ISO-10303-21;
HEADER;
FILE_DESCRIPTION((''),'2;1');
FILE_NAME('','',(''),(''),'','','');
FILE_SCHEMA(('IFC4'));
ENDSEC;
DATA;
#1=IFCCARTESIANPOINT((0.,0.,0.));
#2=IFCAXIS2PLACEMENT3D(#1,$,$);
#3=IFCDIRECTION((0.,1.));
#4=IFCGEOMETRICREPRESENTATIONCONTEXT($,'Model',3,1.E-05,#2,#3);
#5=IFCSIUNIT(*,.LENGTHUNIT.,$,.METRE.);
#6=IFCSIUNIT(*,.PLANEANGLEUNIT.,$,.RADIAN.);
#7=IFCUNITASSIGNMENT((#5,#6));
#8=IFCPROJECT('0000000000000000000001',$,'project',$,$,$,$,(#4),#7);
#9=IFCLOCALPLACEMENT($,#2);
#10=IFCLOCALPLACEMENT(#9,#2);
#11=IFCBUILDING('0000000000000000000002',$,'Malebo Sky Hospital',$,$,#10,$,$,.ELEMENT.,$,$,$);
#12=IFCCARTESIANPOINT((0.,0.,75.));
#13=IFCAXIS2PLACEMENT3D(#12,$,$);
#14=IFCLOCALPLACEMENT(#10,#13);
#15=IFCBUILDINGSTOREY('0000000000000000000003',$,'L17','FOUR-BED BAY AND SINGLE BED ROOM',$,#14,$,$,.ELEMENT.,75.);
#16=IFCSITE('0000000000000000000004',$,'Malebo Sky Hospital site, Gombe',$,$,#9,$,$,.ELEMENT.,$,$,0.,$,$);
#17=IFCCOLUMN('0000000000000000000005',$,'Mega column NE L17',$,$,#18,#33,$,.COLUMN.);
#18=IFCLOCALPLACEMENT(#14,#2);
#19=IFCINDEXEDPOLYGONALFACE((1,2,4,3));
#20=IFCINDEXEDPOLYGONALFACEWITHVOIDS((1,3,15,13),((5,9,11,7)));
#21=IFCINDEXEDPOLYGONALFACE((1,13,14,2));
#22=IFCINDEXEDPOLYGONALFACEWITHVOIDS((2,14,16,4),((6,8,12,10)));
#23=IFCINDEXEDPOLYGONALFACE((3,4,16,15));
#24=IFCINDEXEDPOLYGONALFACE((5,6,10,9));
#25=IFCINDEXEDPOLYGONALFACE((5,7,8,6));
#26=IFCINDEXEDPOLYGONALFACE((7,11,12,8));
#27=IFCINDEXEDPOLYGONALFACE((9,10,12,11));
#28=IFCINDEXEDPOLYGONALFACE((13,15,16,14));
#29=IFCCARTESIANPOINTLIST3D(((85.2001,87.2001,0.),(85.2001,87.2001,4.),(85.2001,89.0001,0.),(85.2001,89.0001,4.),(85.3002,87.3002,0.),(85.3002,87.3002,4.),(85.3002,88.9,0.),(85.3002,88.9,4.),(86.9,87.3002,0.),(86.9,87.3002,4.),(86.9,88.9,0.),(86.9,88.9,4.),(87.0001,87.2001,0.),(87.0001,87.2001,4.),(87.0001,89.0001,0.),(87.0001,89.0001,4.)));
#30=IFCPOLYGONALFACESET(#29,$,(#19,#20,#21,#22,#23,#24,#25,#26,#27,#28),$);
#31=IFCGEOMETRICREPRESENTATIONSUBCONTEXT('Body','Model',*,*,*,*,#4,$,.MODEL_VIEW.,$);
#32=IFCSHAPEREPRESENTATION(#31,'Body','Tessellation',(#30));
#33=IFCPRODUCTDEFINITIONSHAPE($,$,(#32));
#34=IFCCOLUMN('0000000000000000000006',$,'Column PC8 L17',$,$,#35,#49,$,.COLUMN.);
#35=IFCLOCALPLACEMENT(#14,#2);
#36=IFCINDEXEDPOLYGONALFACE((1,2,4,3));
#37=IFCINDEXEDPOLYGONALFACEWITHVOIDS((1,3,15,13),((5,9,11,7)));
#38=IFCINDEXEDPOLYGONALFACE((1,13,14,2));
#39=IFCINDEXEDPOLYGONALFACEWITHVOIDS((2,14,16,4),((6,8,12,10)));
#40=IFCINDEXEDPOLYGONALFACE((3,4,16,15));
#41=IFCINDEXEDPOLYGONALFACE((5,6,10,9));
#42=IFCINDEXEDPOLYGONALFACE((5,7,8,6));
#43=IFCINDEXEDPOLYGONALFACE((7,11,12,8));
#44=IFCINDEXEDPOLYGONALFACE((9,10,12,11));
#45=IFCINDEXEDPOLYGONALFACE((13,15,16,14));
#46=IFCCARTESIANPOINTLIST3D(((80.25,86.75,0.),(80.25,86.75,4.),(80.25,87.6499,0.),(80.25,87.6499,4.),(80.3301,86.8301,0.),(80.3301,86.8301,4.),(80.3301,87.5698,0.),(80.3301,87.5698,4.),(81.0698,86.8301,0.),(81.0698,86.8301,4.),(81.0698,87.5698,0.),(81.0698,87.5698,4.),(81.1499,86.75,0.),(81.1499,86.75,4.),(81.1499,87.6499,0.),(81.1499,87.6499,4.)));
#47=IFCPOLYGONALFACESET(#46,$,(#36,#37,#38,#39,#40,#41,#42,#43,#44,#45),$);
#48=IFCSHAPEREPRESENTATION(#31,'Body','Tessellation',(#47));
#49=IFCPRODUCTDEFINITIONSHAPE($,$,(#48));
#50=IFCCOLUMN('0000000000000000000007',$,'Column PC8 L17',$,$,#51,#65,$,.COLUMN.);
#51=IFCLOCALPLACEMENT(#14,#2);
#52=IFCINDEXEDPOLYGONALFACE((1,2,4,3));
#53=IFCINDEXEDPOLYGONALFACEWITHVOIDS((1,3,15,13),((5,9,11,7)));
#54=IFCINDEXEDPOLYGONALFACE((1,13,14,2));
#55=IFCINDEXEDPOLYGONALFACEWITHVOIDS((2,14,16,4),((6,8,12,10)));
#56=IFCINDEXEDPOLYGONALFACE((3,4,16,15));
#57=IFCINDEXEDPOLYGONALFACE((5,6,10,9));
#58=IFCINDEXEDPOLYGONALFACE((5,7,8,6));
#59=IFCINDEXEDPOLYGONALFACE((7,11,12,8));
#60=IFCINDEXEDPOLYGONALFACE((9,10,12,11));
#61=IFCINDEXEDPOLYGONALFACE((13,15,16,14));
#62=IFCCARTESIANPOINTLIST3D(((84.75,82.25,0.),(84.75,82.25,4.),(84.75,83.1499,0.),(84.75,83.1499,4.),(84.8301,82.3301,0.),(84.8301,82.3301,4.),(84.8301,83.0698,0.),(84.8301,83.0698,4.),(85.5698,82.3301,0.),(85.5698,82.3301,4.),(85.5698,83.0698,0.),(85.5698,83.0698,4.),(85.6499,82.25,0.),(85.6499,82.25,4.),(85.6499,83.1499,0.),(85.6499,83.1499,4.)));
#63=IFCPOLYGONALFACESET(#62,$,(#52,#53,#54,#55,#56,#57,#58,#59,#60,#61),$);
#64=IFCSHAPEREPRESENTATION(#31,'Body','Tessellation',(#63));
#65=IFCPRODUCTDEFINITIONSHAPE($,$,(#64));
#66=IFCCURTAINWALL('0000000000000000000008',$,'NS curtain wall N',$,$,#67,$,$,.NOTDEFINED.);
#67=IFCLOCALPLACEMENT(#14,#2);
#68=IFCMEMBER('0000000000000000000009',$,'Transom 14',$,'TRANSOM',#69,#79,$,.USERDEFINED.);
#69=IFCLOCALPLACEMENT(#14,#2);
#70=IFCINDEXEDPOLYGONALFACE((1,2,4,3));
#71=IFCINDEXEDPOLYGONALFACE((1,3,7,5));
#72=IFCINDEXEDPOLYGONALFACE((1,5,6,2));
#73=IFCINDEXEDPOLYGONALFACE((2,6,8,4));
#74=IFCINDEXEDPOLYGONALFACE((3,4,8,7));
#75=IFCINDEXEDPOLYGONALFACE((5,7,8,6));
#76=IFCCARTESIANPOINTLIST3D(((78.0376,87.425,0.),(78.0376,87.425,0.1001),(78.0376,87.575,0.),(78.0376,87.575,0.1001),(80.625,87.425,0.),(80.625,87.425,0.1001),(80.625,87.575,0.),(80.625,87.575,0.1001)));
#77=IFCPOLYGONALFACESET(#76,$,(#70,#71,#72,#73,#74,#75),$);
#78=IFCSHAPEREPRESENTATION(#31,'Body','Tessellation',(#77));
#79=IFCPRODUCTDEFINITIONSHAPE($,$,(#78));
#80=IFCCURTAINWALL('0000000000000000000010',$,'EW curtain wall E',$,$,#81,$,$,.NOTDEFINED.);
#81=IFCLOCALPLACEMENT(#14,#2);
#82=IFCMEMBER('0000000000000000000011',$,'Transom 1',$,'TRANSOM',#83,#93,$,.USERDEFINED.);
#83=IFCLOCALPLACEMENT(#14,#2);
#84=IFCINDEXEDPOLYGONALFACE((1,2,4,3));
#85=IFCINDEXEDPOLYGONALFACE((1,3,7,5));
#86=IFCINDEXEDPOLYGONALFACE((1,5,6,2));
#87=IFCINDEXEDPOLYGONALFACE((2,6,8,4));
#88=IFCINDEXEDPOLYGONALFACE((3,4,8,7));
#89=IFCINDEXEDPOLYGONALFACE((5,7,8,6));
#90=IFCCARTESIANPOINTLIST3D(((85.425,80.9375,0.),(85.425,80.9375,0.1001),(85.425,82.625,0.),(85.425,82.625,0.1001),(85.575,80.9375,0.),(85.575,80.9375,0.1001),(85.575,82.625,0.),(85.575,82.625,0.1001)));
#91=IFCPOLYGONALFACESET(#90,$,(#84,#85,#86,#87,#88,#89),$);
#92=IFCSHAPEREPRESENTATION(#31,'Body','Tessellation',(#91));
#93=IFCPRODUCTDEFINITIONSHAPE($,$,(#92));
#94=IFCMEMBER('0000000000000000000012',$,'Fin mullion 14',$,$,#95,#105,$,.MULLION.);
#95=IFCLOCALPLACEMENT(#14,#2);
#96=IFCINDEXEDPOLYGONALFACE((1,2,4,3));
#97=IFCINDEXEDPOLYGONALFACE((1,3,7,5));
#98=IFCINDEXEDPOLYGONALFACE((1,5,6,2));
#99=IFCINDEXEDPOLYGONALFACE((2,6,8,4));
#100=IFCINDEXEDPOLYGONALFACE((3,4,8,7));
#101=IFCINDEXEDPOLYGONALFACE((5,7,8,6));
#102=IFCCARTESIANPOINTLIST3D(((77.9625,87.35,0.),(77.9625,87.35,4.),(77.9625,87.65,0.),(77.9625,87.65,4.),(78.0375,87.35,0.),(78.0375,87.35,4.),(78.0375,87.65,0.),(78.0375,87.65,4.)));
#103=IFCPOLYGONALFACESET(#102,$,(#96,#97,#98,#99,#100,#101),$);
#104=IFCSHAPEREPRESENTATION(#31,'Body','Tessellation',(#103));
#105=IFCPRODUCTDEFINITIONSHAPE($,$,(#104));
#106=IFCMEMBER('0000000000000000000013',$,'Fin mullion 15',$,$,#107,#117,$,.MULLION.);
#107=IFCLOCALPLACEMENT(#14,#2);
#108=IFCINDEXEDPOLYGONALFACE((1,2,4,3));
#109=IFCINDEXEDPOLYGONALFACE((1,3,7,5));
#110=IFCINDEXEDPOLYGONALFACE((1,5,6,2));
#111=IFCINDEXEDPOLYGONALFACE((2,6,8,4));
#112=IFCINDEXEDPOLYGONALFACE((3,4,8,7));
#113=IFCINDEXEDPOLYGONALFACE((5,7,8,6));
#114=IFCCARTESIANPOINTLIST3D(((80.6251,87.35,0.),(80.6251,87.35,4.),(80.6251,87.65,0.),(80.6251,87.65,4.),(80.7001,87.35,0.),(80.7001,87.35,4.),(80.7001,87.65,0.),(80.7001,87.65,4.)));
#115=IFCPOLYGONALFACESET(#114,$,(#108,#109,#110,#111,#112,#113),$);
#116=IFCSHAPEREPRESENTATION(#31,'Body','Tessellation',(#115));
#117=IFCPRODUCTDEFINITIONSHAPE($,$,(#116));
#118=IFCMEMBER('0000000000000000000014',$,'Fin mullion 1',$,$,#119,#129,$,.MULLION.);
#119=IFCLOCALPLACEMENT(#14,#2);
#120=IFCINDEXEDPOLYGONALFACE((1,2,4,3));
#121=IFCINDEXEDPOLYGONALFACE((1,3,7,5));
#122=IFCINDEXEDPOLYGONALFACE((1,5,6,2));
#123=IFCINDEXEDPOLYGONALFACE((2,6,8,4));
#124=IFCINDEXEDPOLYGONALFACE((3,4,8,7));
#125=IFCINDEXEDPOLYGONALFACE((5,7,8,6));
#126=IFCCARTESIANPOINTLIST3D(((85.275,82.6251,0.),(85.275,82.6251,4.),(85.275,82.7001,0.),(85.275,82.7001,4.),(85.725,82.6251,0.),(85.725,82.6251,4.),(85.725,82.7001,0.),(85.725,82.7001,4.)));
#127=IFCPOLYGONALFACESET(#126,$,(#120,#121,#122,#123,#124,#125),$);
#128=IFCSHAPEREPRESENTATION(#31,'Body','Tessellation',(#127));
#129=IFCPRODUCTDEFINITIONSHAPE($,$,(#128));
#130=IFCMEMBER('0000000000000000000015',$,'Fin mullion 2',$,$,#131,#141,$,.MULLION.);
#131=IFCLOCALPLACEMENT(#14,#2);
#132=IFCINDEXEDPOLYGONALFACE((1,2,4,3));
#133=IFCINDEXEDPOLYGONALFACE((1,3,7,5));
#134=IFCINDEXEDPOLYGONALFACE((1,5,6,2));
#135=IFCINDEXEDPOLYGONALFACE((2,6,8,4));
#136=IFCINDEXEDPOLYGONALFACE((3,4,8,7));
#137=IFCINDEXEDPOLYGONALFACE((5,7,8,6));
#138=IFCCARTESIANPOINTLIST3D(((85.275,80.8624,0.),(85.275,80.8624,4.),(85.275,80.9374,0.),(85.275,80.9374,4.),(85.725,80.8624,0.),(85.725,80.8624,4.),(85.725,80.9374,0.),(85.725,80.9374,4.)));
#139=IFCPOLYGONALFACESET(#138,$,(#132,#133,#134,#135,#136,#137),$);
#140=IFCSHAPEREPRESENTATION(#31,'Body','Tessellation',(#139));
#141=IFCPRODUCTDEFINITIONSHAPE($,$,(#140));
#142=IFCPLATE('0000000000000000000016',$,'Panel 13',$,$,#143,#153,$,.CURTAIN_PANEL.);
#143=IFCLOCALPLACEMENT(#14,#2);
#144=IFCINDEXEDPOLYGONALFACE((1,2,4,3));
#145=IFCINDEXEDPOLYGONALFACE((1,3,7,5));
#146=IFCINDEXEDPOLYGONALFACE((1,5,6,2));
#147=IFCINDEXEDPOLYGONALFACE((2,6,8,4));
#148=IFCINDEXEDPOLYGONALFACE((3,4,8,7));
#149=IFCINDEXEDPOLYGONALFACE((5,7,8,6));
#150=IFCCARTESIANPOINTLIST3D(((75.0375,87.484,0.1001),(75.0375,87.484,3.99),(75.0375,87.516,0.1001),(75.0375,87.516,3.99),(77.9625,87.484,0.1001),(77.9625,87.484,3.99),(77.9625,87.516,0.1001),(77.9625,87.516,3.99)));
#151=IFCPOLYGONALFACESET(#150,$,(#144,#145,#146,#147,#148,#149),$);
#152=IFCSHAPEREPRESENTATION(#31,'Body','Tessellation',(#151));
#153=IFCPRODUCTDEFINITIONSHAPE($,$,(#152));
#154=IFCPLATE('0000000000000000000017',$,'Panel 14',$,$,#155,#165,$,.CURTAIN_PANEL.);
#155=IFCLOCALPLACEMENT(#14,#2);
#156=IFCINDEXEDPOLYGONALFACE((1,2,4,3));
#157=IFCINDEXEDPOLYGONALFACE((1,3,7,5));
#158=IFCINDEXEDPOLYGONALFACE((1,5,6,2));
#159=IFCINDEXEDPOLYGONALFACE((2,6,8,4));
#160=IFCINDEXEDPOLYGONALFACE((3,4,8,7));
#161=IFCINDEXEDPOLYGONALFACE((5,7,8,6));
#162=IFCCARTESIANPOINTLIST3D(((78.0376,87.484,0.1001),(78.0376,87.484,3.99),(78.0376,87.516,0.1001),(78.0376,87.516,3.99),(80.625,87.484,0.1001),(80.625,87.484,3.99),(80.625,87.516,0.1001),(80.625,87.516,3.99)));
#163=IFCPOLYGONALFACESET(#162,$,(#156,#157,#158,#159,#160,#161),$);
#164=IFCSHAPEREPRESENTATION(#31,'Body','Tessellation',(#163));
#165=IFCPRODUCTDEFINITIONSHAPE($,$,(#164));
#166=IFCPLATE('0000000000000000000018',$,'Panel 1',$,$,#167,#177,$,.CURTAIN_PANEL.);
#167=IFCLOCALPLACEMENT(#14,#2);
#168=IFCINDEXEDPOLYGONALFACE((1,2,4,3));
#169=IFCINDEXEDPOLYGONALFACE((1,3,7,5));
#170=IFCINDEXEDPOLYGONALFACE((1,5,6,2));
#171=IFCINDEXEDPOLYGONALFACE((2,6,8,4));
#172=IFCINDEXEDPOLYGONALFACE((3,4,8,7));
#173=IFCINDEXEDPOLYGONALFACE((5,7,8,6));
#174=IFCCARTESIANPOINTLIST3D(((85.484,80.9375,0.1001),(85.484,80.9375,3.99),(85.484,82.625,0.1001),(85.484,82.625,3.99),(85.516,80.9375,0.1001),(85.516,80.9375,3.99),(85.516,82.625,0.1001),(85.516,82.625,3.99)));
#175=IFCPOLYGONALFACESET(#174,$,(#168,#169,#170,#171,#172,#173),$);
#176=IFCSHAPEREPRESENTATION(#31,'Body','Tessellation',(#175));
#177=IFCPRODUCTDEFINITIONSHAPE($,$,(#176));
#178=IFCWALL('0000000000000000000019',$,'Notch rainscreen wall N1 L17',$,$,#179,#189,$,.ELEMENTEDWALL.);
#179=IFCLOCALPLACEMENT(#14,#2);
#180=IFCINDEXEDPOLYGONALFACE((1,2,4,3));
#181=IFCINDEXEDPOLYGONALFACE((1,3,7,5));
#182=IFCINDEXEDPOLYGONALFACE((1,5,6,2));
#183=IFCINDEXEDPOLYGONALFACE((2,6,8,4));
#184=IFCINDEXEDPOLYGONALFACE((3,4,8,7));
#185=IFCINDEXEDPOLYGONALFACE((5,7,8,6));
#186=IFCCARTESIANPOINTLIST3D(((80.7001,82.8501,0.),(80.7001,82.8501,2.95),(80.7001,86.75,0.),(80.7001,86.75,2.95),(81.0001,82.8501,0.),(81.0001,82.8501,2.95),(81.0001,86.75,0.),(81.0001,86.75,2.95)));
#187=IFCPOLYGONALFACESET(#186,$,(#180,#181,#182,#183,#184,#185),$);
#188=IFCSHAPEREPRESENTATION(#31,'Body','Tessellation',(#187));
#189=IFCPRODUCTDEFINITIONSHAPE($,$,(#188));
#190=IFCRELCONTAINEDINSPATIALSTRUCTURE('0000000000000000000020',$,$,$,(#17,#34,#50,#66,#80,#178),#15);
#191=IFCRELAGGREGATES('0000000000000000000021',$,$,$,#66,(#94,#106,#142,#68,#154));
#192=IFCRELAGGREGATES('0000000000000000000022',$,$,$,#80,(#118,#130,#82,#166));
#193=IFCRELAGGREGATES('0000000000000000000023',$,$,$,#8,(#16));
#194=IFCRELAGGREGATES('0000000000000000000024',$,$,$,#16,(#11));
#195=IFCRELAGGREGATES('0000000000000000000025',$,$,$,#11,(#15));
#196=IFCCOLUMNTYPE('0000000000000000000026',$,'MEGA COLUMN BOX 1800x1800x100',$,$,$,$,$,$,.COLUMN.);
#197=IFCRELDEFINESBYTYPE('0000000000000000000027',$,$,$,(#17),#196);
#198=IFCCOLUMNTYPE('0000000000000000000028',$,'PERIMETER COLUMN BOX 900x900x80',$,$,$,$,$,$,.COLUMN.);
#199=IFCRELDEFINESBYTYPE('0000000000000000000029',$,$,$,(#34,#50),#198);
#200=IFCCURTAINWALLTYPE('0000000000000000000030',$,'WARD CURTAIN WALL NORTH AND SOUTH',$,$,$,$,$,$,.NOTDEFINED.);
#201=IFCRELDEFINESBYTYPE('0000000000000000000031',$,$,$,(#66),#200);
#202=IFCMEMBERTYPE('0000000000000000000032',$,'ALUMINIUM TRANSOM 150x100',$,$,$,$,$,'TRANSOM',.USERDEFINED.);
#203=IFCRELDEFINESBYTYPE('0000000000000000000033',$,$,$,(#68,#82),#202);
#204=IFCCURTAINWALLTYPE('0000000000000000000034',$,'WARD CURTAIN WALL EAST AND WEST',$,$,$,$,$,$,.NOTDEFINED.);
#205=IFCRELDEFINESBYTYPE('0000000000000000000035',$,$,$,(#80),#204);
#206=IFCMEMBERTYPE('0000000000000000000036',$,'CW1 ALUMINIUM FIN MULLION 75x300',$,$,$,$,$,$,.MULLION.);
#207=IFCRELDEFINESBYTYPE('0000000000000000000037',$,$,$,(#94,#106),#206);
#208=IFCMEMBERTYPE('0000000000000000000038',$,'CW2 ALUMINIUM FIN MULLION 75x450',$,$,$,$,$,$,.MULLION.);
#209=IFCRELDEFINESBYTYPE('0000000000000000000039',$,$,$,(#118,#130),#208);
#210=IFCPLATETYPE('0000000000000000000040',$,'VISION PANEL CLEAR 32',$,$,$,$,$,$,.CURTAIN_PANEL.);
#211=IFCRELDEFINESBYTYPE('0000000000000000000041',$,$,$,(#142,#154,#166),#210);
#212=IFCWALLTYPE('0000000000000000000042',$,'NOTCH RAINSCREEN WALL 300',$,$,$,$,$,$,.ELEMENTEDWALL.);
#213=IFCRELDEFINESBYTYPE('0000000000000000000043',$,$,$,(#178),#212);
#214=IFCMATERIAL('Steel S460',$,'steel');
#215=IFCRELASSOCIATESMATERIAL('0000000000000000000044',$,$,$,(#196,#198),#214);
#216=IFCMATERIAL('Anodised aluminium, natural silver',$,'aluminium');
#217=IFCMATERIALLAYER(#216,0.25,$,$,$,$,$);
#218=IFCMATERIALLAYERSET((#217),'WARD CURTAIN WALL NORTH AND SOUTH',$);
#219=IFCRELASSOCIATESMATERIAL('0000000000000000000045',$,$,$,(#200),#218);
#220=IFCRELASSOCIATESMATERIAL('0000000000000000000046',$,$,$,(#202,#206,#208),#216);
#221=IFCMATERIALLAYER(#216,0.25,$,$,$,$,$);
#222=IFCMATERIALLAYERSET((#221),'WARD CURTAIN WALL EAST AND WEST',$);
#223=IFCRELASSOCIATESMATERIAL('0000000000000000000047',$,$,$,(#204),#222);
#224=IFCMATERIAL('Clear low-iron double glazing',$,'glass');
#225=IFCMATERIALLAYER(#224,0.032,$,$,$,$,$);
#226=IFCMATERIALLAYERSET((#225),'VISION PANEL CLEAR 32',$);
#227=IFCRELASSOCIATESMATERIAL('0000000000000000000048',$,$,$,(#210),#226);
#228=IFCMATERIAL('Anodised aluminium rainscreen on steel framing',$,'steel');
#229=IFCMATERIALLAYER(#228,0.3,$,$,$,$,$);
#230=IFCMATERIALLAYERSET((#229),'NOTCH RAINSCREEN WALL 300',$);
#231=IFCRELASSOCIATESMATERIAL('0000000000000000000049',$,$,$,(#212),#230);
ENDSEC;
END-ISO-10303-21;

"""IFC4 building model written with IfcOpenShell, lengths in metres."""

from ifc_helpers import new_model, si_unit, direction, frame, frame_2d, origin, origin_2d, place, context, subcontext, project, spatial, rectangle, hollow_rectangle, extrude, material, layer, layer_set, material_profile, profile_set, type_object, element, aggregate, save


model = new_model("IFC4")

# Units and contexts
model_context = context("Model", 3, precision=1e-05, world=origin(), true_north=direction((0.0, 1.0)))
body_context = subcontext(model_context, "Body", "Model", "MODEL_VIEW")
ifc_project = project(units=[si_unit("LENGTHUNIT", "METRE"), si_unit("PLANEANGLEUNIT", "RADIAN")], contexts=[model_context])

# Site, building, storey
site_placement = place(None, origin())
site = spatial("IfcSite", under=ifc_project, at=site_placement, Name="Malebo Sky Hospital site, Gombe", CompositionType="ELEMENT", RefElevation=0.0)
building_placement = place(site_placement, origin())
building = spatial("IfcBuilding", under=site, at=building_placement, Name="Malebo Sky Hospital", CompositionType="ELEMENT")
storey_placement = place(building_placement, frame((0.0, 0.0, 75.0)))
storey = spatial("IfcBuildingStorey", under=building, at=storey_placement, Name="L17", Description="FOUR-BED BAY AND SINGLE BED ROOM", CompositionType="ELEMENT", Elevation=75.0)

# Columns
ifc_material_1 = material(Name="Steel S460", Category="steel")
ifc_material_profile_1 = material_profile(ifc_material_1, hollow_rectangle(XDim=1.8, YDim=1.8, WallThickness=0.1001, at=origin_2d()), Name="BOX 1800x1800x100")
ifc_profile_set_1 = profile_set([ifc_material_profile_1], Name="Steel S460")
column_type_1 = type_object("IfcColumnType", Name="MEGA COLUMN BOX 1800x1800x100", PredefinedType="COLUMN", material=ifc_profile_set_1)
column_placement = place(storey_placement, frame((86.1001, 88.1001, 0.0), z_axis=(0.0, 0.0, 1.0), x_axis=(1.0, 0.0, 0.0)))
element("IfcColumn", 1, at=column_placement, inside=storey, type_object=column_type_1, Name="Mega column NE L17", PredefinedType="COLUMN", context=body_context, shape_type="SweptSolid", body=[
    extrude(hollow_rectangle(XDim=1.8, YDim=1.8, WallThickness=0.1001, at=origin_2d()), origin(), (0.0, 0.0, 1.0), 4.0),
])
ifc_material_profile_2 = material_profile(ifc_material_1, hollow_rectangle(XDim=0.8999, YDim=0.8999, WallThickness=0.0801, at=origin_2d()), Name="BOX 900x900x80")
ifc_profile_set_2 = profile_set([ifc_material_profile_2], Name="Steel S460")
column_type_2 = type_object("IfcColumnType", Name="PERIMETER COLUMN BOX 900x900x80", PredefinedType="COLUMN", material=ifc_profile_set_2)
for number, where, z_axis, x_axis, name in (
    (2, (80.7, 87.2, 0.0), (0.0, 0.0, 1.0), (1.0, 0.0, 0.0), "Column PC8 L17"),
    (3, (85.2, 82.7, 0.0), (0.0, 0.0, 1.0), (1.0, 0.0, 0.0), "Column PC8 L17"),
):
    element("IfcColumn", number, at=place(storey_placement, frame(where, z_axis=z_axis, x_axis=x_axis)), inside=storey, type_object=column_type_2, Name=name, PredefinedType="COLUMN", context=body_context, shape_type="SweptSolid", body=[
        extrude(hollow_rectangle(XDim=0.8999, YDim=0.8999, WallThickness=0.0801, at=origin_2d()), origin(), (0.0, 0.0, 1.0), 4.0),
    ])

# Curtain walls, members
ifc_material_2 = material(Name="Anodised aluminium, natural silver", Category="aluminium")
ifc_layer_1 = layer(ifc_material_2, 0.25)
ifc_layer_set_1 = layer_set([ifc_layer_1], Name="WARD CURTAIN WALL NORTH AND SOUTH")
curtain_wall_type_1 = type_object("IfcCurtainWallType", Name="WARD CURTAIN WALL NORTH AND SOUTH", PredefinedType="NOTDEFINED", material=ifc_layer_set_1)
curtain_wall_1_placement = place(storey_placement, origin())
curtain_wall_1 = element("IfcCurtainWall", 4, at=curtain_wall_1_placement, inside=storey, type_object=curtain_wall_type_1, Name="NS curtain wall N", PredefinedType="NOTDEFINED")
ifc_material_profile_3 = material_profile(ifc_material_2, rectangle(XDim=0.1499, YDim=0.1001, at=origin_2d()), Name="ALUMINIUM TRANSOM 150x100")
ifc_profile_set_3 = profile_set([ifc_material_profile_3], Name="Anodised aluminium, natural silver")
member_type_1 = type_object("IfcMemberType", Name="ALUMINIUM TRANSOM 150x100", ElementType="TRANSOM", PredefinedType="USERDEFINED", material=ifc_profile_set_3)
member_1_placement = place(storey_placement, frame((78.0376, 87.5, 0.05), z_axis=(1.0, 0.0, 0.0), x_axis=(0.0, 1.0, 0.0)))
member_1 = element("IfcMember", 5, at=member_1_placement, type_object=member_type_1, Name="Transom 14", ObjectType="TRANSOM", PredefinedType="USERDEFINED", context=body_context, shape_type="SweptSolid", body=[
    extrude(rectangle(XDim=0.1499, YDim=0.1001, at=origin_2d()), origin(), (0.0, 0.0, 1.0), 2.5874),
])
ifc_layer_2 = layer(ifc_material_2, 0.25)
ifc_layer_set_2 = layer_set([ifc_layer_2], Name="WARD CURTAIN WALL EAST AND WEST")
curtain_wall_type_2 = type_object("IfcCurtainWallType", Name="WARD CURTAIN WALL EAST AND WEST", PredefinedType="NOTDEFINED", material=ifc_layer_set_2)
curtain_wall_2_placement = place(storey_placement, origin())
curtain_wall_2 = element("IfcCurtainWall", 6, at=curtain_wall_2_placement, inside=storey, type_object=curtain_wall_type_2, Name="EW curtain wall E", PredefinedType="NOTDEFINED")
member_2_placement = place(storey_placement, frame((85.5, 82.625, 0.05), z_axis=(0.0, -1.0, 0.0), x_axis=(1.0, 0.0, 0.0)))
member_2 = element("IfcMember", 7, at=member_2_placement, type_object=member_type_1, Name="Transom 1", ObjectType="TRANSOM", PredefinedType="USERDEFINED", context=body_context, shape_type="SweptSolid", body=[
    extrude(rectangle(XDim=0.1499, YDim=0.1001, at=origin_2d()), origin(), (0.0, 0.0, 1.0), 1.6875),
])

# Members
ifc_material_profile_4 = material_profile(ifc_material_2, rectangle(XDim=0.075, YDim=0.3, at=origin_2d()), Name="CW1 ALUMINIUM FIN MULLION 75x300")
ifc_profile_set_4 = profile_set([ifc_material_profile_4], Name="Anodised aluminium, natural silver")
member_type_2 = type_object("IfcMemberType", Name="CW1 ALUMINIUM FIN MULLION 75x300", PredefinedType="MULLION", material=ifc_profile_set_4)
member_3_placement = place(storey_placement, frame((78.0, 87.5, 0.0), z_axis=(0.0, 0.0, 1.0), x_axis=(1.0, 0.0, 0.0)))
member_3 = element("IfcMember", 8, at=member_3_placement, type_object=member_type_2, Name="Fin mullion 14", PredefinedType="MULLION", context=body_context, shape_type="SweptSolid", body=[
    extrude(rectangle(XDim=0.075, YDim=0.3, at=origin_2d()), origin(), (0.0, 0.0, 1.0), 4.0),
])
member_4_placement = place(storey_placement, frame((80.6626, 87.5, 0.0), z_axis=(0.0, 0.0, 1.0), x_axis=(1.0, 0.0, 0.0)))
member_4 = element("IfcMember", 9, at=member_4_placement, type_object=member_type_2, Name="Fin mullion 15", PredefinedType="MULLION", context=body_context, shape_type="SweptSolid", body=[
    extrude(rectangle(XDim=0.075, YDim=0.3, at=origin_2d()), origin(), (0.0, 0.0, 1.0), 4.0),
])
ifc_material_profile_5 = material_profile(ifc_material_2, rectangle(XDim=0.075, YDim=0.45, at=origin_2d()), Name="CW2 ALUMINIUM FIN MULLION 75x450")
ifc_profile_set_5 = profile_set([ifc_material_profile_5], Name="Anodised aluminium, natural silver")
member_type_3 = type_object("IfcMemberType", Name="CW2 ALUMINIUM FIN MULLION 75x450", PredefinedType="MULLION", material=ifc_profile_set_5)
member_5_placement = place(storey_placement, frame((85.5, 82.6626, 0.0), z_axis=(0.0, 0.0, 1.0), x_axis=(0.0, -1.0, 0.0)))
member_5 = element("IfcMember", 10, at=member_5_placement, type_object=member_type_3, Name="Fin mullion 1", PredefinedType="MULLION", context=body_context, shape_type="SweptSolid", body=[
    extrude(rectangle(XDim=0.075, YDim=0.45, at=origin_2d()), origin(), (0.0, 0.0, 1.0), 4.0),
])
member_6_placement = place(storey_placement, frame((85.5, 80.8999, 0.0), z_axis=(0.0, 0.0, 1.0), x_axis=(0.0, -1.0, 0.0)))
member_6 = element("IfcMember", 11, at=member_6_placement, type_object=member_type_3, Name="Fin mullion 2", PredefinedType="MULLION", context=body_context, shape_type="SweptSolid", body=[
    extrude(rectangle(XDim=0.075, YDim=0.45, at=origin_2d()), origin(), (0.0, 0.0, 1.0), 4.0),
])

# Plates
ifc_material_3 = material(Name="Clear low-iron double glazing", Category="glass")
ifc_layer_3 = layer(ifc_material_3, 0.032)
ifc_layer_set_3 = layer_set([ifc_layer_3], Name="VISION PANEL CLEAR 32")
plate_type = type_object("IfcPlateType", Name="VISION PANEL CLEAR 32", PredefinedType="CURTAIN_PANEL", material=ifc_layer_set_3)
plate_1_placement = place(storey_placement, frame((76.5, 87.5, 0.1001), z_axis=(0.0, 0.0, 1.0), x_axis=(1.0, 0.0, 0.0)))
plate_1 = element("IfcPlate", 12, at=plate_1_placement, type_object=plate_type, Name="Panel 13", PredefinedType="CURTAIN_PANEL", context=body_context, shape_type="SweptSolid", body=[
    extrude(rectangle(XDim=2.925, YDim=0.032, at=origin_2d()), origin(), (0.0, 0.0, 1.0), 3.8899),
])
plate_2_placement = place(storey_placement, frame((79.3313, 87.5, 0.1001), z_axis=(0.0, 0.0, 1.0), x_axis=(1.0, 0.0, 0.0)))
plate_2 = element("IfcPlate", 13, at=plate_2_placement, type_object=plate_type, Name="Panel 14", PredefinedType="CURTAIN_PANEL", context=body_context, shape_type="SweptSolid", body=[
    extrude(rectangle(XDim=2.5874, YDim=0.032, at=origin_2d()), origin(), (0.0, 0.0, 1.0), 3.8899),
])
aggregate(curtain_wall_1, [member_3, member_4, plate_1, member_1, plate_2])
plate_3_placement = place(storey_placement, frame((85.5, 81.7812, 0.1001), z_axis=(0.0, 0.0, 1.0), x_axis=(0.0, -1.0, 0.0)))
plate_3 = element("IfcPlate", 14, at=plate_3_placement, type_object=plate_type, Name="Panel 1", PredefinedType="CURTAIN_PANEL", context=body_context, shape_type="SweptSolid", body=[
    extrude(rectangle(XDim=1.6875, YDim=0.032, at=origin_2d()), origin(), (0.0, 0.0, 1.0), 3.8899),
])
aggregate(curtain_wall_2, [member_5, member_6, member_2, plate_3])

# Wall
ifc_material_4 = material(Name="Anodised aluminium rainscreen on steel framing", Category="steel")
ifc_layer_4 = layer(ifc_material_4, 0.3)
ifc_layer_set_4 = layer_set([ifc_layer_4], Name="NOTCH RAINSCREEN WALL 300")
wall_type_1 = type_object("IfcWallType", Name="NOTCH RAINSCREEN WALL 300", PredefinedType="ELEMENTEDWALL", material=ifc_layer_set_4)
for number, where, z_axis, x_axis, name in (
    (15, (80.8501, 86.75, 0.0), (0.0, 0.0, 1.0), (0.0, -1.0, 0.0), "Notch rainscreen wall N1 L17"),
):
    element("IfcWall", number, at=place(storey_placement, frame(where, z_axis=z_axis, x_axis=x_axis)), inside=storey, type_object=wall_type_1, Name=name, PredefinedType="ELEMENTEDWALL", context=body_context, shape_type="SweptSolid", body=[
        extrude(rectangle(XDim=3.8999, YDim=0.3, at=frame_2d((1.95, 0.0))), origin(), (0.0, 0.0, 1.0), 2.95),
    ])

save(model, "model.ifc")
